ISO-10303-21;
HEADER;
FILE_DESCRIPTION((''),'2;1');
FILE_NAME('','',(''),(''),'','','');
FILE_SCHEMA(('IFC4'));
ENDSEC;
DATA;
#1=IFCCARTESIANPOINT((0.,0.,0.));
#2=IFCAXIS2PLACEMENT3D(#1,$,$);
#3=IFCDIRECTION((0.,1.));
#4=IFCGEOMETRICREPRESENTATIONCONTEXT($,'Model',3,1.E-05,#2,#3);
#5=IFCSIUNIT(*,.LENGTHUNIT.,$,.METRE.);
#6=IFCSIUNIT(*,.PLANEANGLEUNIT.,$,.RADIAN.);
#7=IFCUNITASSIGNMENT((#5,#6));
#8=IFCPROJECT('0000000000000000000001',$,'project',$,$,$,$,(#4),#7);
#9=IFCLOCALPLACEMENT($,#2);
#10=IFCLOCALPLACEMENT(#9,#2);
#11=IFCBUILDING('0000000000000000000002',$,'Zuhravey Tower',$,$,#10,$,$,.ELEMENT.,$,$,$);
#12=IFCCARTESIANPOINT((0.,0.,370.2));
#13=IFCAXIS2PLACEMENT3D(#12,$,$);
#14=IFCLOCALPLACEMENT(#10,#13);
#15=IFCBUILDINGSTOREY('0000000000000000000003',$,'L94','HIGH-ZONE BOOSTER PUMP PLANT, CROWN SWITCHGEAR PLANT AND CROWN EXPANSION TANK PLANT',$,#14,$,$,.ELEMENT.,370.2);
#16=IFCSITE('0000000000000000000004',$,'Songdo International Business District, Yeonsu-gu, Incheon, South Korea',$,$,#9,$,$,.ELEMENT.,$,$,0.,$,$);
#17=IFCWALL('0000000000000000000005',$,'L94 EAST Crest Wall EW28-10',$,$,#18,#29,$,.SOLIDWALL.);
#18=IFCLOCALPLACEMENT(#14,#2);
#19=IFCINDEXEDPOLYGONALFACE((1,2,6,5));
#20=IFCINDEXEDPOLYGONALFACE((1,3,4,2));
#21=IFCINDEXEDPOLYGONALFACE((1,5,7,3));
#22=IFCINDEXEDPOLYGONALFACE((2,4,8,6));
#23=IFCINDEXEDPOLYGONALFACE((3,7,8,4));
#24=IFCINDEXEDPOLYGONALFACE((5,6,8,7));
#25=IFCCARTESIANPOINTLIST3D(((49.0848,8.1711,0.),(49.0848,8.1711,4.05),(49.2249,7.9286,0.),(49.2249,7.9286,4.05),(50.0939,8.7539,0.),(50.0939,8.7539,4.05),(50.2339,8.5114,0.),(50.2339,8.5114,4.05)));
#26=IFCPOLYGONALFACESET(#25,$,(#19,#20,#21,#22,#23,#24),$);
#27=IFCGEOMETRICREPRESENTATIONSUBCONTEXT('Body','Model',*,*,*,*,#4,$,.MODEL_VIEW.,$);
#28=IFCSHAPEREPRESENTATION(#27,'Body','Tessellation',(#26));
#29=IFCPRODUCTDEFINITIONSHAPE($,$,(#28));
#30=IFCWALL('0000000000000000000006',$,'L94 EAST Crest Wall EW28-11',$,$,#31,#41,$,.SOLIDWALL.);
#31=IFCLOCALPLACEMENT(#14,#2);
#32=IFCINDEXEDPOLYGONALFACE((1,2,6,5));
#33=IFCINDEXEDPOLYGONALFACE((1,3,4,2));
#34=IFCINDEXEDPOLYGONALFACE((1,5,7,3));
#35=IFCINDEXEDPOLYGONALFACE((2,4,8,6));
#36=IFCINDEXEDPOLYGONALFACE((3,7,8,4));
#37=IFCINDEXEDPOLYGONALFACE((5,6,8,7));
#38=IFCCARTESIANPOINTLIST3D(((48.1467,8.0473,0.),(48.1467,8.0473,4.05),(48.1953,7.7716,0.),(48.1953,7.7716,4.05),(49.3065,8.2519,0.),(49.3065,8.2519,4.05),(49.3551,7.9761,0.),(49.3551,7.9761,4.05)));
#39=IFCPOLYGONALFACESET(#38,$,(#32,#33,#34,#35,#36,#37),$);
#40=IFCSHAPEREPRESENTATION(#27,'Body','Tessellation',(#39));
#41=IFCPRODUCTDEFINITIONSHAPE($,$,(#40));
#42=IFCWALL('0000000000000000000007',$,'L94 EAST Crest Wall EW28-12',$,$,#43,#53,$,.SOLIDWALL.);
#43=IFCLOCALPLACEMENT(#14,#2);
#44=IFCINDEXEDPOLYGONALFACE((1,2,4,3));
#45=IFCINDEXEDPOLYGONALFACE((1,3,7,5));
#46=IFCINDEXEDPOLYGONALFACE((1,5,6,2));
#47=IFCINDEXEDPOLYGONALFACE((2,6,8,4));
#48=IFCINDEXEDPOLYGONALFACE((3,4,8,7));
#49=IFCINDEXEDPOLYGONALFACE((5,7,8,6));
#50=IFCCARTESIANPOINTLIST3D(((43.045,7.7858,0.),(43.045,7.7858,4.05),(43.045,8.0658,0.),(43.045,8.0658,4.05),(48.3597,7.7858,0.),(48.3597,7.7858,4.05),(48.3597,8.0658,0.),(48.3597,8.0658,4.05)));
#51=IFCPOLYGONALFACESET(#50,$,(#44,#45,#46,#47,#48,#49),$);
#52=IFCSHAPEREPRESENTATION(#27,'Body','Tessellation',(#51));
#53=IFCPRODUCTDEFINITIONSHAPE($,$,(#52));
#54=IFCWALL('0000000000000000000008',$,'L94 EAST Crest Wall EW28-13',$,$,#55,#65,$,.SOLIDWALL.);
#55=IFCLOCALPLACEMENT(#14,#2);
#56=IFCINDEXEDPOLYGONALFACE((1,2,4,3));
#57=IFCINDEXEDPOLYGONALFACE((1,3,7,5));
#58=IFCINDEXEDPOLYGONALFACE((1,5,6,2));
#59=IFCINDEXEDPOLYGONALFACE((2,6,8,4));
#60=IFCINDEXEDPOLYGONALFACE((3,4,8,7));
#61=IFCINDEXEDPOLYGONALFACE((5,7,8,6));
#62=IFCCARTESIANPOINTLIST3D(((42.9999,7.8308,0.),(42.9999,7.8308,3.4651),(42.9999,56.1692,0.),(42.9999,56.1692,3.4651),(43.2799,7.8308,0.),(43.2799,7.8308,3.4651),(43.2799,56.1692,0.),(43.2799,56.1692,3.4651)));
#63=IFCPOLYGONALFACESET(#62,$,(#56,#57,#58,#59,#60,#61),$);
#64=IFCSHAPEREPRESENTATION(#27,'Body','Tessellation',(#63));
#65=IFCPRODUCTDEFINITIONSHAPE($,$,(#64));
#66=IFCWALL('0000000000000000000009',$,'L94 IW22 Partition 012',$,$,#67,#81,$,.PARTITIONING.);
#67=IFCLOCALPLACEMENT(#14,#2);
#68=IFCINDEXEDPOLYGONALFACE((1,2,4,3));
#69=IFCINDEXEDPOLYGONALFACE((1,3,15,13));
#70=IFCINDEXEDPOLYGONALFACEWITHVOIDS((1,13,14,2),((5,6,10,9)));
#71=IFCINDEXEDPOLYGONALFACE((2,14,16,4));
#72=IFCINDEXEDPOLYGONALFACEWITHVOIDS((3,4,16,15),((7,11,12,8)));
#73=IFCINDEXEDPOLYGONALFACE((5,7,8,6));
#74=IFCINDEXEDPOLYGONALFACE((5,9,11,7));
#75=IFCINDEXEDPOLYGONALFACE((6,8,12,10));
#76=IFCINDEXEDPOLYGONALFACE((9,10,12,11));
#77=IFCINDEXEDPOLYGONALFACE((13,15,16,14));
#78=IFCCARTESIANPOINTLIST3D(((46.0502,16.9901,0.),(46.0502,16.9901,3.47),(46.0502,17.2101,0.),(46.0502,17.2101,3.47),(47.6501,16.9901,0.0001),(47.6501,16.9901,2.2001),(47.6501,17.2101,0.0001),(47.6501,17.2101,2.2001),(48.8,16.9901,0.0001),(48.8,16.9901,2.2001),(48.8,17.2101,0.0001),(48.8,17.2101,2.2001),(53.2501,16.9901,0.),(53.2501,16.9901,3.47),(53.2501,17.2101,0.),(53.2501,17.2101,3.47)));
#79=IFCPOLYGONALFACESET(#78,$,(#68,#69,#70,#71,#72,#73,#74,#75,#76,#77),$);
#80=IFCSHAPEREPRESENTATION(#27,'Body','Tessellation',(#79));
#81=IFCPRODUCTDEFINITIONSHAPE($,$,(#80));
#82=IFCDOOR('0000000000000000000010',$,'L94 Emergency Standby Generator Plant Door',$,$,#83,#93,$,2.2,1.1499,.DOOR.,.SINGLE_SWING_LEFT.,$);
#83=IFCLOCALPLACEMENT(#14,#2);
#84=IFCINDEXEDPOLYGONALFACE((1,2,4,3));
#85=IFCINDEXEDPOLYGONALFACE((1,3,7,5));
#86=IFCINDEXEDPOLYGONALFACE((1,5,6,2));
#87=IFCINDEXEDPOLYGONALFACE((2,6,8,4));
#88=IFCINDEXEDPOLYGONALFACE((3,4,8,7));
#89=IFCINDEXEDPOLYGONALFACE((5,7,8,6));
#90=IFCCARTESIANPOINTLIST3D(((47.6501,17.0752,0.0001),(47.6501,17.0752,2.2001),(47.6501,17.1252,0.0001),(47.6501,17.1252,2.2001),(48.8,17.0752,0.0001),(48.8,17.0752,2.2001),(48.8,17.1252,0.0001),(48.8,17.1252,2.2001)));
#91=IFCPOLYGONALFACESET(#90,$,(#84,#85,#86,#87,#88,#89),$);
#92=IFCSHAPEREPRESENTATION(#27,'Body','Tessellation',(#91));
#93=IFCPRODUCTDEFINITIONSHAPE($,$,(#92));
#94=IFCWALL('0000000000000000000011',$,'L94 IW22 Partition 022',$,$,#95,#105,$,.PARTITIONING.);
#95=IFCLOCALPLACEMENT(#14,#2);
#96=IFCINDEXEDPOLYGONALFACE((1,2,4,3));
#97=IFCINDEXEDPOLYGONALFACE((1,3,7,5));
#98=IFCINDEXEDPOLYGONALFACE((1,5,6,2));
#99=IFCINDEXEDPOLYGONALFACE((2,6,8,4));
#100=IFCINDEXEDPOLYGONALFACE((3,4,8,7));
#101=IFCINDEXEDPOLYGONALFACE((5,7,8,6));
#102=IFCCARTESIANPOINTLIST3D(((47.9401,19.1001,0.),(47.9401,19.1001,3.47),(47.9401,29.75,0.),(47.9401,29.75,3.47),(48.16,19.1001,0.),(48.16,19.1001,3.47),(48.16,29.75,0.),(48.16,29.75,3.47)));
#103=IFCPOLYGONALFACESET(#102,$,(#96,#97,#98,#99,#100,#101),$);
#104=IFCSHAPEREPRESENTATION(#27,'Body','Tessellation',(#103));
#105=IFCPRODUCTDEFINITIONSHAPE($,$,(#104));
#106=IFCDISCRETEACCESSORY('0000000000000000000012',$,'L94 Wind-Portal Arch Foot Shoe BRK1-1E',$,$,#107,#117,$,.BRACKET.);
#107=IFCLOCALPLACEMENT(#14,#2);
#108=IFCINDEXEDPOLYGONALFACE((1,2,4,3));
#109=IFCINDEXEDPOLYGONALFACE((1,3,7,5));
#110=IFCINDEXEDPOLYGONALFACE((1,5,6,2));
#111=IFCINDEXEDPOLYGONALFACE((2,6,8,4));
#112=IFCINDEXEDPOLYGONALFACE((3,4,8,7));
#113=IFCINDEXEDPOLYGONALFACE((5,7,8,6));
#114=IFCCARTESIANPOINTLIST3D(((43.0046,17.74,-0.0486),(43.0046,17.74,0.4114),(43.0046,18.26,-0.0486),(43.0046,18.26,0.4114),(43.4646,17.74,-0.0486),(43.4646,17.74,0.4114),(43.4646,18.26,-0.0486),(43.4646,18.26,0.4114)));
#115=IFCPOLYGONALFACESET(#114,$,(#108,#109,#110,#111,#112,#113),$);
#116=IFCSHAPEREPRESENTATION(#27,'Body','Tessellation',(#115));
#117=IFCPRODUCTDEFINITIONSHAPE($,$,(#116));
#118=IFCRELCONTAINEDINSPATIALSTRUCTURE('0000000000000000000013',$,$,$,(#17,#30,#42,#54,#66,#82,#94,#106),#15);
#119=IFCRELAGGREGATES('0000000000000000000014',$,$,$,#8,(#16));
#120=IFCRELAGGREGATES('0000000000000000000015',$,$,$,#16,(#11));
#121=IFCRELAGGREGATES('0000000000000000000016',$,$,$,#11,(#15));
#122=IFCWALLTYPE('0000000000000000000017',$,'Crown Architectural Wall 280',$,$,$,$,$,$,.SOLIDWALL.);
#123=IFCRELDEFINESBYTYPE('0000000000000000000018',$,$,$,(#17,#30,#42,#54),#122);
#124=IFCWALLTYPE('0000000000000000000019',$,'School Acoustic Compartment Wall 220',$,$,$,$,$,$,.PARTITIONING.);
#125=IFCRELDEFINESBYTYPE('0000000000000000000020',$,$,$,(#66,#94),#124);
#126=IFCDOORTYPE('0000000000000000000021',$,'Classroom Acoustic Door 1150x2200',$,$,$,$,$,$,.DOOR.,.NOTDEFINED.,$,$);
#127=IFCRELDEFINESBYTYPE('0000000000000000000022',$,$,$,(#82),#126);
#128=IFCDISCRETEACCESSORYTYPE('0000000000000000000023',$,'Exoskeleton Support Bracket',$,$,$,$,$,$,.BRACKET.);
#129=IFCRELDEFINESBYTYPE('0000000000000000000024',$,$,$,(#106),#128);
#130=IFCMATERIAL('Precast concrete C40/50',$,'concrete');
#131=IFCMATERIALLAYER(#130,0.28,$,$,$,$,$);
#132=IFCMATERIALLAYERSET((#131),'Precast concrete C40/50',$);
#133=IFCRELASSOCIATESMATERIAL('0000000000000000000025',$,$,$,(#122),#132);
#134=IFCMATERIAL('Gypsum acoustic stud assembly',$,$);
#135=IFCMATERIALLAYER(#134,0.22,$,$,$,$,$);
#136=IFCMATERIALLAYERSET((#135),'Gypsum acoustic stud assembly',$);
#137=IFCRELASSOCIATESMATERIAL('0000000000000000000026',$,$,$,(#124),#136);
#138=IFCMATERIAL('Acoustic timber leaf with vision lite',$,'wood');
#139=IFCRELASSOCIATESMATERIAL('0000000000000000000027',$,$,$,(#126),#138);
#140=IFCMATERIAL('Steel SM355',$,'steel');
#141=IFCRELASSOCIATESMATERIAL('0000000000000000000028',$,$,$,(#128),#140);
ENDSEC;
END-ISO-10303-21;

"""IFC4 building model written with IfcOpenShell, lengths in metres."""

from ifc_helpers import new_model, si_unit, direction, frame, frame_2d, origin, origin_2d, place, context, subcontext, project, spatial, rectangle, extrude, material, layer, layer_set, type_object, element, fill, save


model = new_model("IFC4")

# Units and contexts
model_context = context("Model", 3, precision=1e-05, world=origin(), true_north=direction((0.0, 1.0)))
body_context = subcontext(model_context, "Body", "Model", "MODEL_VIEW")
ifc_project = project(units=[si_unit("LENGTHUNIT", "METRE"), si_unit("PLANEANGLEUNIT", "RADIAN")], contexts=[model_context])

# Site, building, storey
site_placement = place(None, origin())
site = spatial("IfcSite", under=ifc_project, at=site_placement, Name="Songdo International Business District, Yeonsu-gu, Incheon, South Korea", CompositionType="ELEMENT", RefElevation=0.0)
building_placement = place(site_placement, origin())
building = spatial("IfcBuilding", under=site, at=building_placement, Name="Zuhravey Tower", CompositionType="ELEMENT")
storey_placement = place(building_placement, frame((0.0, 0.0, 370.2)))
storey = spatial("IfcBuildingStorey", under=building, at=storey_placement, Name="L94", Description="HIGH-ZONE BOOSTER PUMP PLANT, CROWN SWITCHGEAR PLANT AND CROWN EXPANSION TANK PLANT", CompositionType="ELEMENT", Elevation=370.2)

# Shared definitions
ifc_material_1 = material(Name="Steel SM355", Category="steel")

# Walls
ifc_material_2 = material(Name="Precast concrete C40/50", Category="concrete")
ifc_layer_1 = layer(ifc_material_2, 0.28)
ifc_layer_set_1 = layer_set([ifc_layer_1], Name="Precast concrete C40/50")
wall_type_1 = type_object("IfcWallType", Name="Crown Architectural Wall 280", PredefinedType="SOLIDWALL", material=ifc_layer_set_1)
wall_1_placement = place(storey_placement, frame((50.1638, 8.6326, 0.0), z_axis=(0.0, 0.0, 1.0), x_axis=(-0.865952, -0.500127, 0.0)))
element("IfcWall", 1, at=wall_1_placement, inside=storey, type_object=wall_type_1, Name="L94 EAST Crest Wall EW28-10", PredefinedType="SOLIDWALL", context=body_context, shape_type="SweptSolid", body=[
    extrude(rectangle(XDim=1.1653, YDim=0.28, at=frame_2d((0.5825, 0.0))), origin(), (0.0, 0.0, 1.0), 4.05),
])
wall_2_placement = place(storey_placement, frame((49.3308, 8.114, 0.0), z_axis=(0.0, 0.0, 1.0), x_axis=(-0.984798, -0.173703, 0.0)))
element("IfcWall", 2, at=wall_2_placement, inside=storey, type_object=wall_type_1, Name="L94 EAST Crest Wall EW28-11", PredefinedType="SOLIDWALL", context=body_context, shape_type="SweptSolid", body=[
    extrude(rectangle(XDim=1.1777, YDim=0.28, at=frame_2d((0.5889, 0.0))), origin(), (0.0, 0.0, 1.0), 4.05),
])
wall_3_placement = place(storey_placement, frame((48.3596, 7.9258, 0.0), z_axis=(0.0, 0.0, 1.0), x_axis=(-1.0, 0.0, 0.0)))
element("IfcWall", 3, at=wall_3_placement, inside=storey, type_object=wall_type_1, Name="L94 EAST Crest Wall EW28-12", PredefinedType="SOLIDWALL", context=body_context, shape_type="SweptSolid", body=[
    extrude(rectangle(XDim=5.3147, YDim=0.28, at=frame_2d((2.6572, 0.0))), origin(), (0.0, 0.0, 1.0), 4.05),
])
wall_4_placement = place(storey_placement, frame((43.1399, 7.8308, 0.0), z_axis=(0.0, 0.0, 1.0), x_axis=(0.0, 1.0, 0.0)))
element("IfcWall", 4, at=wall_4_placement, inside=storey, type_object=wall_type_1, Name="L94 EAST Crest Wall EW28-13", PredefinedType="SOLIDWALL", context=body_context, shape_type="SweptSolid", body=[
    extrude(rectangle(XDim=48.3384, YDim=0.28, at=frame_2d((24.1692, 0.0))), origin(), (0.0, 0.0, 1.0), 3.4651),
])

# Wall, opening, door
ifc_material_3 = material(Name="Gypsum acoustic stud assembly")
ifc_layer_2 = layer(ifc_material_3, 0.22)
ifc_layer_set_2 = layer_set([ifc_layer_2], Name="Gypsum acoustic stud assembly")
wall_type_2 = type_object("IfcWallType", Name="School Acoustic Compartment Wall 220", PredefinedType="PARTITIONING", material=ifc_layer_set_2)
wall_5_placement = place(storey_placement, frame((46.05, 17.1001, 0.0), z_axis=(0.0, 0.0, 1.0), x_axis=(1.0, 0.0, 0.0)))
wall_5 = element("IfcWall", 5, at=wall_5_placement, inside=storey, type_object=wall_type_2, Name="L94 IW22 Partition 012", PredefinedType="PARTITIONING", context=body_context, shape_type="SweptSolid", body=[
    extrude(rectangle(XDim=7.2, YDim=0.22, at=frame_2d((3.6001, 0.0))), origin(), (0.0, 0.0, 1.0), 3.47),
])
opening_1_placement = place(wall_5_placement, frame((1.6001, 0.0, 0.0)))
opening_1 = element("IfcOpeningElement", 6, at=opening_1_placement, cuts=wall_5, PredefinedType="OPENING", context=body_context, shape_type="SweptSolid", body=[
    extrude(rectangle(XDim=1.1499, YDim=2.2, at=frame_2d((0.575, 1.1001))), frame((0.0, 0.1221, 0.0), z_axis=(0.0, -1.0, 0.0), x_axis=(1.0, 0.0, 0.0)), (0.0, 0.0, 1.0), 0.2439),
])
ifc_material_4 = material(Name="Acoustic timber leaf with vision lite", Category="wood")
door_type_1 = type_object("IfcDoorType", Name="Classroom Acoustic Door 1150x2200", OperationType="NOTDEFINED", PredefinedType="DOOR", material=ifc_material_4)
door_1_placement = place(opening_1_placement, frame((1.1499, 0.0, 0.0), z_axis=(0.0, 0.0, 1.0), x_axis=(-1.0, 0.0, 0.0)))
door_1 = element("IfcDoor", 7, at=door_1_placement, inside=storey, type_object=door_type_1, Name="L94 Emergency Standby Generator Plant Door", OperationType="SINGLE_SWING_LEFT", OverallHeight=2.2, OverallWidth=1.1499, PredefinedType="DOOR", context=body_context, shape_type="SweptSolid", body=[
    extrude(rectangle(XDim=1.1499, YDim=2.2, at=frame_2d((0.575, 1.1001))), frame((0.0, 0.0249, 0.0), z_axis=(0.0, -1.0, 0.0), x_axis=(1.0, 0.0, 0.0)), (0.0, 0.0, 1.0), 0.05),
])
fill(opening_1, door_1)

# Wall
wall_6_placement = place(storey_placement, frame((48.05, 19.1001, 0.0), z_axis=(0.0, 0.0, 1.0), x_axis=(0.0, 1.0, 0.0)))
element("IfcWall", 8, at=wall_6_placement, inside=storey, type_object=wall_type_2, Name="L94 IW22 Partition 022", PredefinedType="PARTITIONING", context=body_context, shape_type="SweptSolid", body=[
    extrude(rectangle(XDim=10.6499, YDim=0.22, at=frame_2d((5.325, 0.0))), origin(), (0.0, 0.0, 1.0), 3.47),
])

# Discrete accessory
discrete_accessory_type = type_object("IfcDiscreteAccessoryType", Name="Exoskeleton Support Bracket", PredefinedType="BRACKET", material=ifc_material_1)
discrete_accessory_placement = place(storey_placement, frame((43.2346, 18.0, -0.0486), z_axis=(0.0, 0.0, 1.0), x_axis=(1.0, 0.0, 0.0)))
element("IfcDiscreteAccessory", 9, at=discrete_accessory_placement, inside=storey, type_object=discrete_accessory_type, Name="L94 Wind-Portal Arch Foot Shoe BRK1-1E", PredefinedType="BRACKET", context=body_context, shape_type="SweptSolid", body=[
    extrude(rectangle(XDim=0.46, YDim=0.52, at=origin_2d()), origin(), (0.0, 0.0, 1.0), 0.46),
])

save(model, "model.ifc")
